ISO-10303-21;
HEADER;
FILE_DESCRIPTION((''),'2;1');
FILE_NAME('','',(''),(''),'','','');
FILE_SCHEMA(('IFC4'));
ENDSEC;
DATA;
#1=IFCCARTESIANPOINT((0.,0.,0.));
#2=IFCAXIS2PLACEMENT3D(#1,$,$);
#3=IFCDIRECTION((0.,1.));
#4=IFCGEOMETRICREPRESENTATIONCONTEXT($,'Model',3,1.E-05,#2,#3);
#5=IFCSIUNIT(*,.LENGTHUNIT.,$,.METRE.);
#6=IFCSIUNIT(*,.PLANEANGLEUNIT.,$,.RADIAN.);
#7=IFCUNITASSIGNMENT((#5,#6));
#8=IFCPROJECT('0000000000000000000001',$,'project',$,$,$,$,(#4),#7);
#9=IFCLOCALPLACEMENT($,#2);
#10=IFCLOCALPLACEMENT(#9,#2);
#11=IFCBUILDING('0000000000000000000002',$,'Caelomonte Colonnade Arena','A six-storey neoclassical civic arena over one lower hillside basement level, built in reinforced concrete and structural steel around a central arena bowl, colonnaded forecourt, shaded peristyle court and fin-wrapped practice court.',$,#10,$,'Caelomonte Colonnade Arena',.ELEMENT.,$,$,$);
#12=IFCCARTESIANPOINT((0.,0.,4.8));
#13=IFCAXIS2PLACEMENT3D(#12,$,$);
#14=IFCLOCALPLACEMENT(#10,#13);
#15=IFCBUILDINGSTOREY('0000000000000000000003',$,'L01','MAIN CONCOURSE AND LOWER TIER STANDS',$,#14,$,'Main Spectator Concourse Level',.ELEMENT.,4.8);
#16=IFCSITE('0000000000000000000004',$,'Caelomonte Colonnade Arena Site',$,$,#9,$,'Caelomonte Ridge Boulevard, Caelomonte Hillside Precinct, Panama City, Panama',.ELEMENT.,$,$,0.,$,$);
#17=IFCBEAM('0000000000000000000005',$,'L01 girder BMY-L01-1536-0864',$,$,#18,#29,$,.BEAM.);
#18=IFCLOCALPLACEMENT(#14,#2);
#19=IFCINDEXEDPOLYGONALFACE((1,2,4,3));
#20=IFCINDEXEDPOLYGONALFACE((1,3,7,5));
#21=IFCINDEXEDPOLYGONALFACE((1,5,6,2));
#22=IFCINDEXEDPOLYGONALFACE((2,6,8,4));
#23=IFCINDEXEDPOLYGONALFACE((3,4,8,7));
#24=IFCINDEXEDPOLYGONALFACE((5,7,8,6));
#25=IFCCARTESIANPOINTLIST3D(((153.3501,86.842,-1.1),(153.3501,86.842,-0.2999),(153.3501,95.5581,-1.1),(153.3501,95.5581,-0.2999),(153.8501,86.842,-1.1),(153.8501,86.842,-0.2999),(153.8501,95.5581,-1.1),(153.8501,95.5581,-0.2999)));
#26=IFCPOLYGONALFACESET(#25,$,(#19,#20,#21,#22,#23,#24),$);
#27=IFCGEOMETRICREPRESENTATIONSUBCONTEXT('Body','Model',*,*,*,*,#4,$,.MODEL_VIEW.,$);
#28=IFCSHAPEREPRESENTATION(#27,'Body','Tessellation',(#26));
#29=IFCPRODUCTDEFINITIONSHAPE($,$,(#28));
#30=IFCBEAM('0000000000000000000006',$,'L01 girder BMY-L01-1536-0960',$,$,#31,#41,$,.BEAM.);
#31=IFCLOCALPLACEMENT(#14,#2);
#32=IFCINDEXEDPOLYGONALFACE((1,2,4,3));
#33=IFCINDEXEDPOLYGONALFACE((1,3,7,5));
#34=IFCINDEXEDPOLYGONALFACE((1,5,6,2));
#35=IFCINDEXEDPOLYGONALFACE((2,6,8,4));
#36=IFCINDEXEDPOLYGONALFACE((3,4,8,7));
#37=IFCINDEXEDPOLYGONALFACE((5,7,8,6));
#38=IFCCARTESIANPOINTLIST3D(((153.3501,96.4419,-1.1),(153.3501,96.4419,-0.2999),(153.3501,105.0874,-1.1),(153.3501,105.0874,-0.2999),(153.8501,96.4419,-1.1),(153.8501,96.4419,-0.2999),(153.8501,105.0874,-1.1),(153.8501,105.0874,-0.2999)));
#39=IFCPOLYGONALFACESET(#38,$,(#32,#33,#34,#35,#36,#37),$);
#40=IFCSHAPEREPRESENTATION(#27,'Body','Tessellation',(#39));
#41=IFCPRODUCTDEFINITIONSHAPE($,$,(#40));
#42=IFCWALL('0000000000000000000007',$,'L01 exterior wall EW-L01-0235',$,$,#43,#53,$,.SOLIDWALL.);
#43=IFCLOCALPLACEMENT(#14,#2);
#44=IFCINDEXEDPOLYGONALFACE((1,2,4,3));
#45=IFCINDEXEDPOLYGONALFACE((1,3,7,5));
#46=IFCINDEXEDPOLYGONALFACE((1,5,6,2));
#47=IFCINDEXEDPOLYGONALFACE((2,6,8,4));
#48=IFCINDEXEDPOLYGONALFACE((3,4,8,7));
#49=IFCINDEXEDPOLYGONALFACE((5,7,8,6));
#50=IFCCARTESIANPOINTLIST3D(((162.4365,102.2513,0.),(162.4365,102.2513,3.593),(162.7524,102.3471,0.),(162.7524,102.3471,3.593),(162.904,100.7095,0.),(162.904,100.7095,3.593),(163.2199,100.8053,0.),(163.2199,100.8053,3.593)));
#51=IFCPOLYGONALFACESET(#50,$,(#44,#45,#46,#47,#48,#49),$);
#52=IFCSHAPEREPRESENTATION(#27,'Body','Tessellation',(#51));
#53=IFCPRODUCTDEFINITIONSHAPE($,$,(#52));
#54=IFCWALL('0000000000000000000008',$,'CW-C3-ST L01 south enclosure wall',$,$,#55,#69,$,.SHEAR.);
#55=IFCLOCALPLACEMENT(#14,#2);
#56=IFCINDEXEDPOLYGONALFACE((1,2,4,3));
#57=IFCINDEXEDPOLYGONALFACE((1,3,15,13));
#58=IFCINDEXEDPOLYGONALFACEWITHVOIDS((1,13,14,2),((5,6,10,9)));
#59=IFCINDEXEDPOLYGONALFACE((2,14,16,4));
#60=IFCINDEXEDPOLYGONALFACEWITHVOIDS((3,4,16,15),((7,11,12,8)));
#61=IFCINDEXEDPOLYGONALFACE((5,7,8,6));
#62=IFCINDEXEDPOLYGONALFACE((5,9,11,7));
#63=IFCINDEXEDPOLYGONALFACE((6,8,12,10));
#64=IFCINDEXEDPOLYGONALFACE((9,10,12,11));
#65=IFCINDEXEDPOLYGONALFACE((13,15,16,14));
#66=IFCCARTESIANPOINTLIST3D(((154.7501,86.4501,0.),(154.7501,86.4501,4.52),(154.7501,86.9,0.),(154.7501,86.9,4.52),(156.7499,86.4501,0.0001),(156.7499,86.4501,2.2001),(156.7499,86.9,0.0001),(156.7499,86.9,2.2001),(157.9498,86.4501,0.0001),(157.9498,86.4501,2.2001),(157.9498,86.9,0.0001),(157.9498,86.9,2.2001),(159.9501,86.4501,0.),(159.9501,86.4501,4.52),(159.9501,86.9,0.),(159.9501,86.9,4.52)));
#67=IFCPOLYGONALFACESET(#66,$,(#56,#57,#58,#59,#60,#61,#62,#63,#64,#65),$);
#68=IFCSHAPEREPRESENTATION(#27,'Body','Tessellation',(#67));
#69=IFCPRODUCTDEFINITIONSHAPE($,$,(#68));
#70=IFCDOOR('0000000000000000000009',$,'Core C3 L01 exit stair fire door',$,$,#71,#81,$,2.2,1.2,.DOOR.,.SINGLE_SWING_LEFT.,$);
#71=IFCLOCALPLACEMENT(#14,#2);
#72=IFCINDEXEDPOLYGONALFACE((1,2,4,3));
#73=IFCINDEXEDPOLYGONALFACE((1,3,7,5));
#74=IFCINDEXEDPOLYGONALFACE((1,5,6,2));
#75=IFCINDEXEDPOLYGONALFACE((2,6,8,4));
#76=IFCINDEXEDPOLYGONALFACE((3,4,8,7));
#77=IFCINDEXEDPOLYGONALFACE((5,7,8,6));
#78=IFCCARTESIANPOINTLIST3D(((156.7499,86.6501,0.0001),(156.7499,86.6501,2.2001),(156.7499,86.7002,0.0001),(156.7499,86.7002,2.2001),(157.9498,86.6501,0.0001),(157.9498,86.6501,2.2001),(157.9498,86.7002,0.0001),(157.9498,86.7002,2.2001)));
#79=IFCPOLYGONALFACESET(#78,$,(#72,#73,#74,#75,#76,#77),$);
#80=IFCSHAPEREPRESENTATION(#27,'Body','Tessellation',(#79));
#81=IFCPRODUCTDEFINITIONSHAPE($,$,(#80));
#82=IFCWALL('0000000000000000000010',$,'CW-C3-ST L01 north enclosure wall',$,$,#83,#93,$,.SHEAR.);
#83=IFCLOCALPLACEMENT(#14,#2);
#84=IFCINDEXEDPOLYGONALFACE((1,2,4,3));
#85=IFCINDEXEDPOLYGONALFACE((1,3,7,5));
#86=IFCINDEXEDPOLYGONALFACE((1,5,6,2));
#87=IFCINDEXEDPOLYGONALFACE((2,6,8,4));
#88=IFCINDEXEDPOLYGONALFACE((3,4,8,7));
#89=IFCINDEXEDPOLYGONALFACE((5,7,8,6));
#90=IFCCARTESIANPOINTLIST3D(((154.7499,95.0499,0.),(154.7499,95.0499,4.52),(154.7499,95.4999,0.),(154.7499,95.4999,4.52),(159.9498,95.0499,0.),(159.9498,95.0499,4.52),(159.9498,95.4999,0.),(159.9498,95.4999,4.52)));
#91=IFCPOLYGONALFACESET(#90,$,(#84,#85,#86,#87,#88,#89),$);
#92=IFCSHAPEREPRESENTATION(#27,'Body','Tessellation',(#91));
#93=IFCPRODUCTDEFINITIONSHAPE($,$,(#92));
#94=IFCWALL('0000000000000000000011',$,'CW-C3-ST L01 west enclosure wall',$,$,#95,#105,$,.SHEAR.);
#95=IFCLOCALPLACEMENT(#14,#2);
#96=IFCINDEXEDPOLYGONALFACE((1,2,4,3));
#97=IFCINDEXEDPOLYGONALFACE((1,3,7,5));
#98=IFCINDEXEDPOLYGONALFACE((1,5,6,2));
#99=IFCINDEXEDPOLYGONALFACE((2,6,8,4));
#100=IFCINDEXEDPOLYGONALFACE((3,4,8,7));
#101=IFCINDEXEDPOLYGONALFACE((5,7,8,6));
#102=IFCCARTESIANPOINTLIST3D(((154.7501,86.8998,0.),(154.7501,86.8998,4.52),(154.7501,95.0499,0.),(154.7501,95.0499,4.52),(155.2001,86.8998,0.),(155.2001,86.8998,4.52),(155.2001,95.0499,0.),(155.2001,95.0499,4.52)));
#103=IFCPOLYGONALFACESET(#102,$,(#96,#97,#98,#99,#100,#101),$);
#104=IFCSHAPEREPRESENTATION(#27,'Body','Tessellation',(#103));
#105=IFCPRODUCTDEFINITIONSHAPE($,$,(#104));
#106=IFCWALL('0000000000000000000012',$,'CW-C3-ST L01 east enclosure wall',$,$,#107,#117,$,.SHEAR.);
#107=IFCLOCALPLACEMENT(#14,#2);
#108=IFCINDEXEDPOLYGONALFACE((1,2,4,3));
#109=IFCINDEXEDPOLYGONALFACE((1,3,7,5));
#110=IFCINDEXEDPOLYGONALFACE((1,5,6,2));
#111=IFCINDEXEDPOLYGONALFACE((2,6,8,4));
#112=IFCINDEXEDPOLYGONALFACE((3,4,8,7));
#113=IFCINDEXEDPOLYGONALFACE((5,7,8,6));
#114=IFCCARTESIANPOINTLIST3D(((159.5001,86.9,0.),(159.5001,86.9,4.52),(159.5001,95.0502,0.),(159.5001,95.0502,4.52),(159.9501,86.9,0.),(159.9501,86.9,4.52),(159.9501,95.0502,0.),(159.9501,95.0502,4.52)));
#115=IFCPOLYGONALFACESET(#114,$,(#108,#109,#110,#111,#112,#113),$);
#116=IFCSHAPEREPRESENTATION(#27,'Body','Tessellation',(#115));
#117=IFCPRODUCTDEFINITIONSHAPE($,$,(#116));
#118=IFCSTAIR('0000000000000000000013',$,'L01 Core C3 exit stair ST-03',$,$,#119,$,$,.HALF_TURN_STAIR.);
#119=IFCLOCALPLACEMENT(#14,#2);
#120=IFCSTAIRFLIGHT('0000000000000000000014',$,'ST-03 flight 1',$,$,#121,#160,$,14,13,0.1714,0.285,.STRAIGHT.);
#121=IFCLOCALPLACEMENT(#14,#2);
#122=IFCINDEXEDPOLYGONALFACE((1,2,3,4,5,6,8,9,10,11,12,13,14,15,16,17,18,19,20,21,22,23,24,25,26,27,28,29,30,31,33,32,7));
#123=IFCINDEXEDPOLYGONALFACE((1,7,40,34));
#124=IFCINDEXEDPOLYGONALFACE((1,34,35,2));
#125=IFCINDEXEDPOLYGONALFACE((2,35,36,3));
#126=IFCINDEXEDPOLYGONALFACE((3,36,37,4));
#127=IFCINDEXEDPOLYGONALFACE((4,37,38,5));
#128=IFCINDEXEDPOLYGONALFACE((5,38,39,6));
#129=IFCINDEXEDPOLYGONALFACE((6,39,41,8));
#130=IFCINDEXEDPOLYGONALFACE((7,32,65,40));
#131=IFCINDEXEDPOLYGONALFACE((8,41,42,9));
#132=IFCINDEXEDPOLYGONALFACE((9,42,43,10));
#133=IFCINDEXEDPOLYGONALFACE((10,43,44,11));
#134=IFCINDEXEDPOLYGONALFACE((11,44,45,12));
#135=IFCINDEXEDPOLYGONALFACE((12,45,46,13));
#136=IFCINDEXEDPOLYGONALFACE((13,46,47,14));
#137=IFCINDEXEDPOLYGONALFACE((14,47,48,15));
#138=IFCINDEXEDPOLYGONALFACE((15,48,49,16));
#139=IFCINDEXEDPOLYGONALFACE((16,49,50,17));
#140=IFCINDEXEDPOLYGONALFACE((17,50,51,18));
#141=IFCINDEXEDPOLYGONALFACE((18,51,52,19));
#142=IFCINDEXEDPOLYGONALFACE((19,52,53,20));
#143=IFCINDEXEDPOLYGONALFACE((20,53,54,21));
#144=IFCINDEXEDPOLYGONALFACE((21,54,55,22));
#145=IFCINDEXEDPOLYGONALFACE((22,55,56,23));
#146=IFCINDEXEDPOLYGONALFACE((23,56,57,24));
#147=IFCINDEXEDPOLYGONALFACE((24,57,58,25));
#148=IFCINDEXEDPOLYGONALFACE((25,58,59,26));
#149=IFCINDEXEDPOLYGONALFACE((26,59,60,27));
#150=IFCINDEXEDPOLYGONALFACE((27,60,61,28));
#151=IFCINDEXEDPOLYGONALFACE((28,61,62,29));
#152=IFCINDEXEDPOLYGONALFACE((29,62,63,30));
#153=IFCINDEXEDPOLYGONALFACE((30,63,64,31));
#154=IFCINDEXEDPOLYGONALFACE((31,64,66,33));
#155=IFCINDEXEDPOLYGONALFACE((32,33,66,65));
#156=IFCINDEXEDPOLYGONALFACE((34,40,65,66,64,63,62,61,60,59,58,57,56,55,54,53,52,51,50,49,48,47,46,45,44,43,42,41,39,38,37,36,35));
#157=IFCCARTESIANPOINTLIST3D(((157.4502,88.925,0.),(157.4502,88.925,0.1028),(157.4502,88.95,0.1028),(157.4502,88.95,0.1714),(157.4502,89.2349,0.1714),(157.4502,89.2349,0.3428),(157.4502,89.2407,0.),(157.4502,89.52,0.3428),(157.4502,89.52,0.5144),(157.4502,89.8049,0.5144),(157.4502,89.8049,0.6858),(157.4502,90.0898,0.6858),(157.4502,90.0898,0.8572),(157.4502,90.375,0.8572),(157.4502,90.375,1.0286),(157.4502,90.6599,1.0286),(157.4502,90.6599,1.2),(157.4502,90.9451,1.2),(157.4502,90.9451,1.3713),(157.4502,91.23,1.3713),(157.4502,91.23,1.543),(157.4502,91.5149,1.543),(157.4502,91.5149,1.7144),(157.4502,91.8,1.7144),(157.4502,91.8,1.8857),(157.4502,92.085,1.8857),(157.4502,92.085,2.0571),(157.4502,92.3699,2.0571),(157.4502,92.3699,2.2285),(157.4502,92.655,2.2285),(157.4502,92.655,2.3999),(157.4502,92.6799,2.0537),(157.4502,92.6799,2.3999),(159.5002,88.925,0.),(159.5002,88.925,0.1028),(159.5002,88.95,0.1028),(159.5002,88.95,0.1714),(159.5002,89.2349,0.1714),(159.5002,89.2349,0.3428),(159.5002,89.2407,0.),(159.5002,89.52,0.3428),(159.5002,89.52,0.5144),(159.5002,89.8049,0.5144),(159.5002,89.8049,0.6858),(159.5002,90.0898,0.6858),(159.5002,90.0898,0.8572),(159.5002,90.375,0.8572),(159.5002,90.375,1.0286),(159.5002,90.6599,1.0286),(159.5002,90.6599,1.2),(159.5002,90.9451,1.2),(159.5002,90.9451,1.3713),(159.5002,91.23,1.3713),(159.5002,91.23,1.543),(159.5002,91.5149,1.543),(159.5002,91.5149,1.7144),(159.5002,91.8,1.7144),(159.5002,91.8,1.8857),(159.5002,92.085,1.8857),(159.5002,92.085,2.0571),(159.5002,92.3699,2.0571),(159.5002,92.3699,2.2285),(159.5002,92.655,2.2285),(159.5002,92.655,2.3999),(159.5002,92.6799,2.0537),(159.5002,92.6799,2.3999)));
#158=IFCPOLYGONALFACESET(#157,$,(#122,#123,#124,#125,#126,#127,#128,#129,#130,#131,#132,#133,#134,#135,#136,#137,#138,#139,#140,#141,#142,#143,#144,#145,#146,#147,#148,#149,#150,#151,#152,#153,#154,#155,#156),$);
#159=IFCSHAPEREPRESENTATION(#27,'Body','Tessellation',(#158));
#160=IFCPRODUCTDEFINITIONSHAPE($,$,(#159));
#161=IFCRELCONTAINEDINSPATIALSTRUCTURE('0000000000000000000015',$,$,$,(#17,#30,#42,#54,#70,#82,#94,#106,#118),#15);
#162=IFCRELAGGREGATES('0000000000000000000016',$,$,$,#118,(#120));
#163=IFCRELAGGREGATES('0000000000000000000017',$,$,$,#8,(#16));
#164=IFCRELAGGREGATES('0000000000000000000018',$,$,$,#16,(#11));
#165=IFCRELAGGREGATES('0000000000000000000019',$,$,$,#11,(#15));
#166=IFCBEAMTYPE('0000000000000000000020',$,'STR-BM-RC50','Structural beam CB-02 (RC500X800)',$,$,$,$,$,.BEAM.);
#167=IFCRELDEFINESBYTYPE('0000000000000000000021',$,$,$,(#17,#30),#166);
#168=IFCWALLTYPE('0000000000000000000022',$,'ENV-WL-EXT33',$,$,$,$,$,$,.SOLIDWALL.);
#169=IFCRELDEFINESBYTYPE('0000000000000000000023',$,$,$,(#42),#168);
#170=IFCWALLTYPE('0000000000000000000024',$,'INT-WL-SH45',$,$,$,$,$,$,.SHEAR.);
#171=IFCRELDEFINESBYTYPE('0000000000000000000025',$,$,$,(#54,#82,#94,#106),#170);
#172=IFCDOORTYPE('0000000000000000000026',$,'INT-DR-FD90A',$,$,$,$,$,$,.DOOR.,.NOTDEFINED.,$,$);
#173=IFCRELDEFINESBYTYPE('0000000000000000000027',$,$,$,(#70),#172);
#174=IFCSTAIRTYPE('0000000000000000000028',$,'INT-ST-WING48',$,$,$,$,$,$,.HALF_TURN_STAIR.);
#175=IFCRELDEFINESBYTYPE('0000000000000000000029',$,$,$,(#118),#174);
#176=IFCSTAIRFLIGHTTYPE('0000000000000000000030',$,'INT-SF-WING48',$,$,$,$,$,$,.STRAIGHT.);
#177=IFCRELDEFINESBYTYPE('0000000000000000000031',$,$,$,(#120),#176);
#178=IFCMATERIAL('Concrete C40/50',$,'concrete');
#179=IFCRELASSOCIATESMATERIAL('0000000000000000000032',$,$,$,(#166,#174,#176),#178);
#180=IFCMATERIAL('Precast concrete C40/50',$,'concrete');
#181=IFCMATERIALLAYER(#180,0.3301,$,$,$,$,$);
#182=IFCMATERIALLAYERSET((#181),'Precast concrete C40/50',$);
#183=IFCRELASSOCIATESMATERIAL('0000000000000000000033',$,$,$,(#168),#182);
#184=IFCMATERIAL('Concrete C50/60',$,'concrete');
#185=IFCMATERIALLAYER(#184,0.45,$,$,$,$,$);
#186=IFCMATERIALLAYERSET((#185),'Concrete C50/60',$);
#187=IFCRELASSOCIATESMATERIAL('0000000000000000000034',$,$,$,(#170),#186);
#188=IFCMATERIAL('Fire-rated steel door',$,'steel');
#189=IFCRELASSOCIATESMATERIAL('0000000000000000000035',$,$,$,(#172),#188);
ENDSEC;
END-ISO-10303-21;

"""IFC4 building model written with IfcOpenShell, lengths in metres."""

from ifc_helpers import new_model, si_unit, direction, frame, frame_2d, origin, origin_2d, place, context, subcontext, project, spatial, polyline, rectangle, outline, extrude, material, layer, layer_set, material_profile, profile_set, type_object, element, fill, aggregate, save


model = new_model("IFC4")

# Units and contexts
model_context = context("Model", 3, precision=1e-05, world=origin(), true_north=direction((0.0, 1.0)))
body_context = subcontext(model_context, "Body", "Model", "MODEL_VIEW")
ifc_project = project(units=[si_unit("LENGTHUNIT", "METRE"), si_unit("PLANEANGLEUNIT", "RADIAN")], contexts=[model_context])

# Site, building, storey
site_placement = place(None, origin())
site = spatial("IfcSite", under=ifc_project, at=site_placement, Name="Caelomonte Colonnade Arena Site", LongName="Caelomonte Ridge Boulevard, Caelomonte Hillside Precinct, Panama City, Panama", CompositionType="ELEMENT", RefElevation=0.0)
building_placement = place(site_placement, origin())
building = spatial("IfcBuilding", under=site, at=building_placement, Name="Caelomonte Colonnade Arena", Description="A six-storey neoclassical civic arena over one lower hillside basement level, built in reinforced concrete and structural steel around a central arena bowl, colonnaded forecourt, shaded peristyle court and fin-wrapped practice court.", LongName="Caelomonte Colonnade Arena", CompositionType="ELEMENT")
storey_placement = place(building_placement, frame((0.0, 0.0, 4.8)))
storey = spatial("IfcBuildingStorey", under=building, at=storey_placement, Name="L01", Description="MAIN CONCOURSE AND LOWER TIER STANDS", LongName="Main Spectator Concourse Level", CompositionType="ELEMENT", Elevation=4.8)

# Shared definitions
ifc_material_1 = material(Name="Concrete C50/60", Category="concrete")

# Beams
ifc_material_2 = material(Name="Concrete C40/50", Category="concrete")
ifc_material_profile_1 = material_profile(ifc_material_2, rectangle(XDim=0.5, YDim=0.8, at=origin_2d()), Name="RC500X800")
ifc_profile_set_1 = profile_set([ifc_material_profile_1], Name="Concrete C40/50")
beam_type_1 = type_object("IfcBeamType", Name="STR-BM-RC50", Description="Structural beam CB-02 (RC500X800)", PredefinedType="BEAM", material=ifc_profile_set_1)
beam_1_placement = place(storey_placement, frame((153.6001, 86.842, -0.7), z_axis=(0.0, 1.0, 0.0), x_axis=(-1.0, 0.0, 0.0)))
element("IfcBeam", 1, at=beam_1_placement, inside=storey, type_object=beam_type_1, Name="L01 girder BMY-L01-1536-0864", PredefinedType="BEAM", context=body_context, shape_type="SweptSolid", body=[
    extrude(rectangle(XDim=0.5, YDim=0.8, at=origin_2d()), origin(), (0.0, 0.0, 1.0), 8.7161),
])
beam_2_placement = place(storey_placement, frame((153.6001, 96.4419, -0.7), z_axis=(0.0, 1.0, 0.0), x_axis=(-1.0, 0.0, 0.0)))
element("IfcBeam", 2, at=beam_2_placement, inside=storey, type_object=beam_type_1, Name="L01 girder BMY-L01-1536-0960", PredefinedType="BEAM", context=body_context, shape_type="SweptSolid", body=[
    extrude(rectangle(XDim=0.5, YDim=0.8, at=origin_2d()), origin(), (0.0, 0.0, 1.0), 8.6455),
])

# Wall
ifc_material_3 = material(Name="Precast concrete C40/50", Category="concrete")
ifc_layer_1 = layer(ifc_material_3, 0.3301)
ifc_layer_set_1 = layer_set([ifc_layer_1], Name="Precast concrete C40/50")
wall_type_1 = type_object("IfcWallType", Name="ENV-WL-EXT33", PredefinedType="SOLIDWALL", material=ifc_layer_set_1)
wall_1_placement = place(storey_placement, frame((163.062, 100.7573, 0.0), z_axis=(0.0, 0.0, 1.0), x_axis=(-0.290197, 0.956967, 0.0)))
element("IfcWall", 3, at=wall_1_placement, inside=storey, type_object=wall_type_1, Name="L01 exterior wall EW-L01-0235", PredefinedType="SOLIDWALL", context=body_context, shape_type="SweptSolid", body=[
    extrude(rectangle(XDim=1.6111, YDim=0.3301, at=frame_2d((0.8057, 0.0))), origin(), (0.0, 0.0, 1.0), 3.593),
])

# Wall, opening, door
ifc_layer_2 = layer(ifc_material_1, 0.45)
ifc_layer_set_2 = layer_set([ifc_layer_2], Name="Concrete C50/60")
wall_type_2 = type_object("IfcWallType", Name="INT-WL-SH45", PredefinedType="SHEAR", material=ifc_layer_set_2)
wall_2_placement = place(storey_placement, frame((154.75, 86.675, 0.0), z_axis=(0.0, 0.0, 1.0), x_axis=(1.0, 0.0, 0.0)))
wall_2 = element("IfcWall", 4, at=wall_2_placement, inside=storey, type_object=wall_type_2, Name="CW-C3-ST L01 south enclosure wall", PredefinedType="SHEAR", context=body_context, shape_type="SweptSolid", body=[
    extrude(rectangle(XDim=5.2, YDim=0.45, at=frame_2d((2.6001, 0.0))), origin(), (0.0, 0.0, 1.0), 4.52),
])
opening_placement = place(wall_2_placement, frame((3.2, 0.0, 0.0), z_axis=(0.0, 0.0, 1.0), x_axis=(-1.0, 0.0, 0.0)))
opening = element("IfcOpeningElement", 5, at=opening_placement, cuts=wall_2, PredefinedType="OPENING", context=body_context, shape_type="SweptSolid", body=[
    extrude(rectangle(XDim=1.2, YDim=2.2, at=frame_2d((0.6001, 1.1001))), frame((0.0, 0.2349, 0.0), z_axis=(0.0, -1.0, 0.0), x_axis=(1.0, 0.0, 0.0)), (0.0, 0.0, 1.0), 0.47),
])
ifc_material_4 = material(Name="Fire-rated steel door", Category="steel")
door_type = type_object("IfcDoorType", Name="INT-DR-FD90A", OperationType="NOTDEFINED", PredefinedType="DOOR", material=ifc_material_4)
door_placement = place(opening_placement, origin())
door = element("IfcDoor", 6, at=door_placement, inside=storey, type_object=door_type, Name="Core C3 L01 exit stair fire door", OperationType="SINGLE_SWING_LEFT", OverallHeight=2.2, OverallWidth=1.2, PredefinedType="DOOR", context=body_context, shape_type="SweptSolid", body=[
    extrude(rectangle(XDim=1.2, YDim=2.2, at=frame_2d((0.6001, 1.1001))), frame((0.0, 0.0249, 0.0), z_axis=(0.0, -1.0, 0.0), x_axis=(1.0, 0.0, 0.0)), (0.0, 0.0, 1.0), 0.05),
])
fill(opening, door)

# Walls
wall_3_placement = place(storey_placement, frame((159.95, 95.2749, 0.0), z_axis=(0.0, 0.0, 1.0), x_axis=(-1.0, 0.0, 0.0)))
element("IfcWall", 7, at=wall_3_placement, inside=storey, type_object=wall_type_2, Name="CW-C3-ST L01 north enclosure wall", PredefinedType="SHEAR", context=body_context, shape_type="SweptSolid", body=[
    extrude(rectangle(XDim=5.2, YDim=0.45, at=frame_2d((2.6001, 0.0))), origin(), (0.0, 0.0, 1.0), 4.52),
])
for number, where, z_axis, x_axis, name in (
    (8, (154.9751, 95.05, 0.0), (0.0, 0.0, 1.0), (0.0, -1.0, 0.0), "CW-C3-ST L01 west enclosure wall"),
    (9, (159.7251, 86.8999, 0.0), (0.0, 0.0, 1.0), (0.0, 1.0, 0.0), "CW-C3-ST L01 east enclosure wall"),
):
    element("IfcWall", number, at=place(storey_placement, frame(where, z_axis=z_axis, x_axis=x_axis)), inside=storey, type_object=wall_type_2, Name=name, PredefinedType="SHEAR", context=body_context, shape_type="SweptSolid", body=[
        extrude(rectangle(XDim=8.1501, YDim=0.45, at=frame_2d((4.0752, 0.0))), origin(), (0.0, 0.0, 1.0), 4.52),
    ])

# Stair, stair flight
stair_type = type_object("IfcStairType", Name="INT-ST-WING48", PredefinedType="HALF_TURN_STAIR", material=ifc_material_2)
stair_placement = place(storey_placement, origin())
stair = element("IfcStair", 10, at=stair_placement, inside=storey, type_object=stair_type, Name="L01 Core C3 exit stair ST-03", PredefinedType="HALF_TURN_STAIR")
stair_flight_type = type_object("IfcStairFlightType", Name="INT-SF-WING48", PredefinedType="STRAIGHT", material=ifc_material_2)
stair_flight_1_placement = place(storey_placement, frame((158.4751, 88.95, 0.0), z_axis=(0.0, 0.0, 1.0), x_axis=(0.0, 1.0, 0.0)))
stair_flight_1 = element("IfcStairFlight", 11, at=stair_flight_1_placement, type_object=stair_flight_type, Name="ST-03 flight 1", NumberOfRisers=14, NumberOfTreads=13, PredefinedType="STRAIGHT", RiserHeight=0.1714, TreadLength=0.285, context=body_context, shape_type="SweptSolid", body=[
    extrude(outline(polyline([(-0.0249, 0.0), (-0.0249, 0.1028), (0.0, 0.1028), (0.0, 0.1714), (0.2849, 0.1714), (0.2849, 0.3428), (0.5701, 0.3428), (0.5701, 0.5144), (0.855, 0.5144), (0.855, 0.6858), (1.1399, 0.6858), (1.1399, 0.8572), (1.425, 0.8572), (1.425, 1.0286), (1.71, 1.0286), (1.71, 1.2), (1.9951, 1.2), (1.9951, 1.3713), (2.28, 1.3713), (2.28, 1.543), (2.5649, 1.543), (2.5649, 1.7144), (2.8501, 1.7144), (2.8501, 1.8857), (3.135, 1.8857), (3.135, 2.0571), (3.4199, 2.0571), (3.4199, 2.2285), (3.7051, 2.2285), (3.7051, 2.3999), (3.73, 2.3999), (3.73, 2.0537), (0.2908, 0.0), (-0.0249, 0.0)])), frame((0.0, 1.0249, 0.0), z_axis=(0.0, -1.0, 0.0), x_axis=(1.0, 0.0, 0.0)), (0.0, 0.0, 1.0), 2.05),
])
aggregate(stair, [stair_flight_1])

save(model, "model.ifc")
